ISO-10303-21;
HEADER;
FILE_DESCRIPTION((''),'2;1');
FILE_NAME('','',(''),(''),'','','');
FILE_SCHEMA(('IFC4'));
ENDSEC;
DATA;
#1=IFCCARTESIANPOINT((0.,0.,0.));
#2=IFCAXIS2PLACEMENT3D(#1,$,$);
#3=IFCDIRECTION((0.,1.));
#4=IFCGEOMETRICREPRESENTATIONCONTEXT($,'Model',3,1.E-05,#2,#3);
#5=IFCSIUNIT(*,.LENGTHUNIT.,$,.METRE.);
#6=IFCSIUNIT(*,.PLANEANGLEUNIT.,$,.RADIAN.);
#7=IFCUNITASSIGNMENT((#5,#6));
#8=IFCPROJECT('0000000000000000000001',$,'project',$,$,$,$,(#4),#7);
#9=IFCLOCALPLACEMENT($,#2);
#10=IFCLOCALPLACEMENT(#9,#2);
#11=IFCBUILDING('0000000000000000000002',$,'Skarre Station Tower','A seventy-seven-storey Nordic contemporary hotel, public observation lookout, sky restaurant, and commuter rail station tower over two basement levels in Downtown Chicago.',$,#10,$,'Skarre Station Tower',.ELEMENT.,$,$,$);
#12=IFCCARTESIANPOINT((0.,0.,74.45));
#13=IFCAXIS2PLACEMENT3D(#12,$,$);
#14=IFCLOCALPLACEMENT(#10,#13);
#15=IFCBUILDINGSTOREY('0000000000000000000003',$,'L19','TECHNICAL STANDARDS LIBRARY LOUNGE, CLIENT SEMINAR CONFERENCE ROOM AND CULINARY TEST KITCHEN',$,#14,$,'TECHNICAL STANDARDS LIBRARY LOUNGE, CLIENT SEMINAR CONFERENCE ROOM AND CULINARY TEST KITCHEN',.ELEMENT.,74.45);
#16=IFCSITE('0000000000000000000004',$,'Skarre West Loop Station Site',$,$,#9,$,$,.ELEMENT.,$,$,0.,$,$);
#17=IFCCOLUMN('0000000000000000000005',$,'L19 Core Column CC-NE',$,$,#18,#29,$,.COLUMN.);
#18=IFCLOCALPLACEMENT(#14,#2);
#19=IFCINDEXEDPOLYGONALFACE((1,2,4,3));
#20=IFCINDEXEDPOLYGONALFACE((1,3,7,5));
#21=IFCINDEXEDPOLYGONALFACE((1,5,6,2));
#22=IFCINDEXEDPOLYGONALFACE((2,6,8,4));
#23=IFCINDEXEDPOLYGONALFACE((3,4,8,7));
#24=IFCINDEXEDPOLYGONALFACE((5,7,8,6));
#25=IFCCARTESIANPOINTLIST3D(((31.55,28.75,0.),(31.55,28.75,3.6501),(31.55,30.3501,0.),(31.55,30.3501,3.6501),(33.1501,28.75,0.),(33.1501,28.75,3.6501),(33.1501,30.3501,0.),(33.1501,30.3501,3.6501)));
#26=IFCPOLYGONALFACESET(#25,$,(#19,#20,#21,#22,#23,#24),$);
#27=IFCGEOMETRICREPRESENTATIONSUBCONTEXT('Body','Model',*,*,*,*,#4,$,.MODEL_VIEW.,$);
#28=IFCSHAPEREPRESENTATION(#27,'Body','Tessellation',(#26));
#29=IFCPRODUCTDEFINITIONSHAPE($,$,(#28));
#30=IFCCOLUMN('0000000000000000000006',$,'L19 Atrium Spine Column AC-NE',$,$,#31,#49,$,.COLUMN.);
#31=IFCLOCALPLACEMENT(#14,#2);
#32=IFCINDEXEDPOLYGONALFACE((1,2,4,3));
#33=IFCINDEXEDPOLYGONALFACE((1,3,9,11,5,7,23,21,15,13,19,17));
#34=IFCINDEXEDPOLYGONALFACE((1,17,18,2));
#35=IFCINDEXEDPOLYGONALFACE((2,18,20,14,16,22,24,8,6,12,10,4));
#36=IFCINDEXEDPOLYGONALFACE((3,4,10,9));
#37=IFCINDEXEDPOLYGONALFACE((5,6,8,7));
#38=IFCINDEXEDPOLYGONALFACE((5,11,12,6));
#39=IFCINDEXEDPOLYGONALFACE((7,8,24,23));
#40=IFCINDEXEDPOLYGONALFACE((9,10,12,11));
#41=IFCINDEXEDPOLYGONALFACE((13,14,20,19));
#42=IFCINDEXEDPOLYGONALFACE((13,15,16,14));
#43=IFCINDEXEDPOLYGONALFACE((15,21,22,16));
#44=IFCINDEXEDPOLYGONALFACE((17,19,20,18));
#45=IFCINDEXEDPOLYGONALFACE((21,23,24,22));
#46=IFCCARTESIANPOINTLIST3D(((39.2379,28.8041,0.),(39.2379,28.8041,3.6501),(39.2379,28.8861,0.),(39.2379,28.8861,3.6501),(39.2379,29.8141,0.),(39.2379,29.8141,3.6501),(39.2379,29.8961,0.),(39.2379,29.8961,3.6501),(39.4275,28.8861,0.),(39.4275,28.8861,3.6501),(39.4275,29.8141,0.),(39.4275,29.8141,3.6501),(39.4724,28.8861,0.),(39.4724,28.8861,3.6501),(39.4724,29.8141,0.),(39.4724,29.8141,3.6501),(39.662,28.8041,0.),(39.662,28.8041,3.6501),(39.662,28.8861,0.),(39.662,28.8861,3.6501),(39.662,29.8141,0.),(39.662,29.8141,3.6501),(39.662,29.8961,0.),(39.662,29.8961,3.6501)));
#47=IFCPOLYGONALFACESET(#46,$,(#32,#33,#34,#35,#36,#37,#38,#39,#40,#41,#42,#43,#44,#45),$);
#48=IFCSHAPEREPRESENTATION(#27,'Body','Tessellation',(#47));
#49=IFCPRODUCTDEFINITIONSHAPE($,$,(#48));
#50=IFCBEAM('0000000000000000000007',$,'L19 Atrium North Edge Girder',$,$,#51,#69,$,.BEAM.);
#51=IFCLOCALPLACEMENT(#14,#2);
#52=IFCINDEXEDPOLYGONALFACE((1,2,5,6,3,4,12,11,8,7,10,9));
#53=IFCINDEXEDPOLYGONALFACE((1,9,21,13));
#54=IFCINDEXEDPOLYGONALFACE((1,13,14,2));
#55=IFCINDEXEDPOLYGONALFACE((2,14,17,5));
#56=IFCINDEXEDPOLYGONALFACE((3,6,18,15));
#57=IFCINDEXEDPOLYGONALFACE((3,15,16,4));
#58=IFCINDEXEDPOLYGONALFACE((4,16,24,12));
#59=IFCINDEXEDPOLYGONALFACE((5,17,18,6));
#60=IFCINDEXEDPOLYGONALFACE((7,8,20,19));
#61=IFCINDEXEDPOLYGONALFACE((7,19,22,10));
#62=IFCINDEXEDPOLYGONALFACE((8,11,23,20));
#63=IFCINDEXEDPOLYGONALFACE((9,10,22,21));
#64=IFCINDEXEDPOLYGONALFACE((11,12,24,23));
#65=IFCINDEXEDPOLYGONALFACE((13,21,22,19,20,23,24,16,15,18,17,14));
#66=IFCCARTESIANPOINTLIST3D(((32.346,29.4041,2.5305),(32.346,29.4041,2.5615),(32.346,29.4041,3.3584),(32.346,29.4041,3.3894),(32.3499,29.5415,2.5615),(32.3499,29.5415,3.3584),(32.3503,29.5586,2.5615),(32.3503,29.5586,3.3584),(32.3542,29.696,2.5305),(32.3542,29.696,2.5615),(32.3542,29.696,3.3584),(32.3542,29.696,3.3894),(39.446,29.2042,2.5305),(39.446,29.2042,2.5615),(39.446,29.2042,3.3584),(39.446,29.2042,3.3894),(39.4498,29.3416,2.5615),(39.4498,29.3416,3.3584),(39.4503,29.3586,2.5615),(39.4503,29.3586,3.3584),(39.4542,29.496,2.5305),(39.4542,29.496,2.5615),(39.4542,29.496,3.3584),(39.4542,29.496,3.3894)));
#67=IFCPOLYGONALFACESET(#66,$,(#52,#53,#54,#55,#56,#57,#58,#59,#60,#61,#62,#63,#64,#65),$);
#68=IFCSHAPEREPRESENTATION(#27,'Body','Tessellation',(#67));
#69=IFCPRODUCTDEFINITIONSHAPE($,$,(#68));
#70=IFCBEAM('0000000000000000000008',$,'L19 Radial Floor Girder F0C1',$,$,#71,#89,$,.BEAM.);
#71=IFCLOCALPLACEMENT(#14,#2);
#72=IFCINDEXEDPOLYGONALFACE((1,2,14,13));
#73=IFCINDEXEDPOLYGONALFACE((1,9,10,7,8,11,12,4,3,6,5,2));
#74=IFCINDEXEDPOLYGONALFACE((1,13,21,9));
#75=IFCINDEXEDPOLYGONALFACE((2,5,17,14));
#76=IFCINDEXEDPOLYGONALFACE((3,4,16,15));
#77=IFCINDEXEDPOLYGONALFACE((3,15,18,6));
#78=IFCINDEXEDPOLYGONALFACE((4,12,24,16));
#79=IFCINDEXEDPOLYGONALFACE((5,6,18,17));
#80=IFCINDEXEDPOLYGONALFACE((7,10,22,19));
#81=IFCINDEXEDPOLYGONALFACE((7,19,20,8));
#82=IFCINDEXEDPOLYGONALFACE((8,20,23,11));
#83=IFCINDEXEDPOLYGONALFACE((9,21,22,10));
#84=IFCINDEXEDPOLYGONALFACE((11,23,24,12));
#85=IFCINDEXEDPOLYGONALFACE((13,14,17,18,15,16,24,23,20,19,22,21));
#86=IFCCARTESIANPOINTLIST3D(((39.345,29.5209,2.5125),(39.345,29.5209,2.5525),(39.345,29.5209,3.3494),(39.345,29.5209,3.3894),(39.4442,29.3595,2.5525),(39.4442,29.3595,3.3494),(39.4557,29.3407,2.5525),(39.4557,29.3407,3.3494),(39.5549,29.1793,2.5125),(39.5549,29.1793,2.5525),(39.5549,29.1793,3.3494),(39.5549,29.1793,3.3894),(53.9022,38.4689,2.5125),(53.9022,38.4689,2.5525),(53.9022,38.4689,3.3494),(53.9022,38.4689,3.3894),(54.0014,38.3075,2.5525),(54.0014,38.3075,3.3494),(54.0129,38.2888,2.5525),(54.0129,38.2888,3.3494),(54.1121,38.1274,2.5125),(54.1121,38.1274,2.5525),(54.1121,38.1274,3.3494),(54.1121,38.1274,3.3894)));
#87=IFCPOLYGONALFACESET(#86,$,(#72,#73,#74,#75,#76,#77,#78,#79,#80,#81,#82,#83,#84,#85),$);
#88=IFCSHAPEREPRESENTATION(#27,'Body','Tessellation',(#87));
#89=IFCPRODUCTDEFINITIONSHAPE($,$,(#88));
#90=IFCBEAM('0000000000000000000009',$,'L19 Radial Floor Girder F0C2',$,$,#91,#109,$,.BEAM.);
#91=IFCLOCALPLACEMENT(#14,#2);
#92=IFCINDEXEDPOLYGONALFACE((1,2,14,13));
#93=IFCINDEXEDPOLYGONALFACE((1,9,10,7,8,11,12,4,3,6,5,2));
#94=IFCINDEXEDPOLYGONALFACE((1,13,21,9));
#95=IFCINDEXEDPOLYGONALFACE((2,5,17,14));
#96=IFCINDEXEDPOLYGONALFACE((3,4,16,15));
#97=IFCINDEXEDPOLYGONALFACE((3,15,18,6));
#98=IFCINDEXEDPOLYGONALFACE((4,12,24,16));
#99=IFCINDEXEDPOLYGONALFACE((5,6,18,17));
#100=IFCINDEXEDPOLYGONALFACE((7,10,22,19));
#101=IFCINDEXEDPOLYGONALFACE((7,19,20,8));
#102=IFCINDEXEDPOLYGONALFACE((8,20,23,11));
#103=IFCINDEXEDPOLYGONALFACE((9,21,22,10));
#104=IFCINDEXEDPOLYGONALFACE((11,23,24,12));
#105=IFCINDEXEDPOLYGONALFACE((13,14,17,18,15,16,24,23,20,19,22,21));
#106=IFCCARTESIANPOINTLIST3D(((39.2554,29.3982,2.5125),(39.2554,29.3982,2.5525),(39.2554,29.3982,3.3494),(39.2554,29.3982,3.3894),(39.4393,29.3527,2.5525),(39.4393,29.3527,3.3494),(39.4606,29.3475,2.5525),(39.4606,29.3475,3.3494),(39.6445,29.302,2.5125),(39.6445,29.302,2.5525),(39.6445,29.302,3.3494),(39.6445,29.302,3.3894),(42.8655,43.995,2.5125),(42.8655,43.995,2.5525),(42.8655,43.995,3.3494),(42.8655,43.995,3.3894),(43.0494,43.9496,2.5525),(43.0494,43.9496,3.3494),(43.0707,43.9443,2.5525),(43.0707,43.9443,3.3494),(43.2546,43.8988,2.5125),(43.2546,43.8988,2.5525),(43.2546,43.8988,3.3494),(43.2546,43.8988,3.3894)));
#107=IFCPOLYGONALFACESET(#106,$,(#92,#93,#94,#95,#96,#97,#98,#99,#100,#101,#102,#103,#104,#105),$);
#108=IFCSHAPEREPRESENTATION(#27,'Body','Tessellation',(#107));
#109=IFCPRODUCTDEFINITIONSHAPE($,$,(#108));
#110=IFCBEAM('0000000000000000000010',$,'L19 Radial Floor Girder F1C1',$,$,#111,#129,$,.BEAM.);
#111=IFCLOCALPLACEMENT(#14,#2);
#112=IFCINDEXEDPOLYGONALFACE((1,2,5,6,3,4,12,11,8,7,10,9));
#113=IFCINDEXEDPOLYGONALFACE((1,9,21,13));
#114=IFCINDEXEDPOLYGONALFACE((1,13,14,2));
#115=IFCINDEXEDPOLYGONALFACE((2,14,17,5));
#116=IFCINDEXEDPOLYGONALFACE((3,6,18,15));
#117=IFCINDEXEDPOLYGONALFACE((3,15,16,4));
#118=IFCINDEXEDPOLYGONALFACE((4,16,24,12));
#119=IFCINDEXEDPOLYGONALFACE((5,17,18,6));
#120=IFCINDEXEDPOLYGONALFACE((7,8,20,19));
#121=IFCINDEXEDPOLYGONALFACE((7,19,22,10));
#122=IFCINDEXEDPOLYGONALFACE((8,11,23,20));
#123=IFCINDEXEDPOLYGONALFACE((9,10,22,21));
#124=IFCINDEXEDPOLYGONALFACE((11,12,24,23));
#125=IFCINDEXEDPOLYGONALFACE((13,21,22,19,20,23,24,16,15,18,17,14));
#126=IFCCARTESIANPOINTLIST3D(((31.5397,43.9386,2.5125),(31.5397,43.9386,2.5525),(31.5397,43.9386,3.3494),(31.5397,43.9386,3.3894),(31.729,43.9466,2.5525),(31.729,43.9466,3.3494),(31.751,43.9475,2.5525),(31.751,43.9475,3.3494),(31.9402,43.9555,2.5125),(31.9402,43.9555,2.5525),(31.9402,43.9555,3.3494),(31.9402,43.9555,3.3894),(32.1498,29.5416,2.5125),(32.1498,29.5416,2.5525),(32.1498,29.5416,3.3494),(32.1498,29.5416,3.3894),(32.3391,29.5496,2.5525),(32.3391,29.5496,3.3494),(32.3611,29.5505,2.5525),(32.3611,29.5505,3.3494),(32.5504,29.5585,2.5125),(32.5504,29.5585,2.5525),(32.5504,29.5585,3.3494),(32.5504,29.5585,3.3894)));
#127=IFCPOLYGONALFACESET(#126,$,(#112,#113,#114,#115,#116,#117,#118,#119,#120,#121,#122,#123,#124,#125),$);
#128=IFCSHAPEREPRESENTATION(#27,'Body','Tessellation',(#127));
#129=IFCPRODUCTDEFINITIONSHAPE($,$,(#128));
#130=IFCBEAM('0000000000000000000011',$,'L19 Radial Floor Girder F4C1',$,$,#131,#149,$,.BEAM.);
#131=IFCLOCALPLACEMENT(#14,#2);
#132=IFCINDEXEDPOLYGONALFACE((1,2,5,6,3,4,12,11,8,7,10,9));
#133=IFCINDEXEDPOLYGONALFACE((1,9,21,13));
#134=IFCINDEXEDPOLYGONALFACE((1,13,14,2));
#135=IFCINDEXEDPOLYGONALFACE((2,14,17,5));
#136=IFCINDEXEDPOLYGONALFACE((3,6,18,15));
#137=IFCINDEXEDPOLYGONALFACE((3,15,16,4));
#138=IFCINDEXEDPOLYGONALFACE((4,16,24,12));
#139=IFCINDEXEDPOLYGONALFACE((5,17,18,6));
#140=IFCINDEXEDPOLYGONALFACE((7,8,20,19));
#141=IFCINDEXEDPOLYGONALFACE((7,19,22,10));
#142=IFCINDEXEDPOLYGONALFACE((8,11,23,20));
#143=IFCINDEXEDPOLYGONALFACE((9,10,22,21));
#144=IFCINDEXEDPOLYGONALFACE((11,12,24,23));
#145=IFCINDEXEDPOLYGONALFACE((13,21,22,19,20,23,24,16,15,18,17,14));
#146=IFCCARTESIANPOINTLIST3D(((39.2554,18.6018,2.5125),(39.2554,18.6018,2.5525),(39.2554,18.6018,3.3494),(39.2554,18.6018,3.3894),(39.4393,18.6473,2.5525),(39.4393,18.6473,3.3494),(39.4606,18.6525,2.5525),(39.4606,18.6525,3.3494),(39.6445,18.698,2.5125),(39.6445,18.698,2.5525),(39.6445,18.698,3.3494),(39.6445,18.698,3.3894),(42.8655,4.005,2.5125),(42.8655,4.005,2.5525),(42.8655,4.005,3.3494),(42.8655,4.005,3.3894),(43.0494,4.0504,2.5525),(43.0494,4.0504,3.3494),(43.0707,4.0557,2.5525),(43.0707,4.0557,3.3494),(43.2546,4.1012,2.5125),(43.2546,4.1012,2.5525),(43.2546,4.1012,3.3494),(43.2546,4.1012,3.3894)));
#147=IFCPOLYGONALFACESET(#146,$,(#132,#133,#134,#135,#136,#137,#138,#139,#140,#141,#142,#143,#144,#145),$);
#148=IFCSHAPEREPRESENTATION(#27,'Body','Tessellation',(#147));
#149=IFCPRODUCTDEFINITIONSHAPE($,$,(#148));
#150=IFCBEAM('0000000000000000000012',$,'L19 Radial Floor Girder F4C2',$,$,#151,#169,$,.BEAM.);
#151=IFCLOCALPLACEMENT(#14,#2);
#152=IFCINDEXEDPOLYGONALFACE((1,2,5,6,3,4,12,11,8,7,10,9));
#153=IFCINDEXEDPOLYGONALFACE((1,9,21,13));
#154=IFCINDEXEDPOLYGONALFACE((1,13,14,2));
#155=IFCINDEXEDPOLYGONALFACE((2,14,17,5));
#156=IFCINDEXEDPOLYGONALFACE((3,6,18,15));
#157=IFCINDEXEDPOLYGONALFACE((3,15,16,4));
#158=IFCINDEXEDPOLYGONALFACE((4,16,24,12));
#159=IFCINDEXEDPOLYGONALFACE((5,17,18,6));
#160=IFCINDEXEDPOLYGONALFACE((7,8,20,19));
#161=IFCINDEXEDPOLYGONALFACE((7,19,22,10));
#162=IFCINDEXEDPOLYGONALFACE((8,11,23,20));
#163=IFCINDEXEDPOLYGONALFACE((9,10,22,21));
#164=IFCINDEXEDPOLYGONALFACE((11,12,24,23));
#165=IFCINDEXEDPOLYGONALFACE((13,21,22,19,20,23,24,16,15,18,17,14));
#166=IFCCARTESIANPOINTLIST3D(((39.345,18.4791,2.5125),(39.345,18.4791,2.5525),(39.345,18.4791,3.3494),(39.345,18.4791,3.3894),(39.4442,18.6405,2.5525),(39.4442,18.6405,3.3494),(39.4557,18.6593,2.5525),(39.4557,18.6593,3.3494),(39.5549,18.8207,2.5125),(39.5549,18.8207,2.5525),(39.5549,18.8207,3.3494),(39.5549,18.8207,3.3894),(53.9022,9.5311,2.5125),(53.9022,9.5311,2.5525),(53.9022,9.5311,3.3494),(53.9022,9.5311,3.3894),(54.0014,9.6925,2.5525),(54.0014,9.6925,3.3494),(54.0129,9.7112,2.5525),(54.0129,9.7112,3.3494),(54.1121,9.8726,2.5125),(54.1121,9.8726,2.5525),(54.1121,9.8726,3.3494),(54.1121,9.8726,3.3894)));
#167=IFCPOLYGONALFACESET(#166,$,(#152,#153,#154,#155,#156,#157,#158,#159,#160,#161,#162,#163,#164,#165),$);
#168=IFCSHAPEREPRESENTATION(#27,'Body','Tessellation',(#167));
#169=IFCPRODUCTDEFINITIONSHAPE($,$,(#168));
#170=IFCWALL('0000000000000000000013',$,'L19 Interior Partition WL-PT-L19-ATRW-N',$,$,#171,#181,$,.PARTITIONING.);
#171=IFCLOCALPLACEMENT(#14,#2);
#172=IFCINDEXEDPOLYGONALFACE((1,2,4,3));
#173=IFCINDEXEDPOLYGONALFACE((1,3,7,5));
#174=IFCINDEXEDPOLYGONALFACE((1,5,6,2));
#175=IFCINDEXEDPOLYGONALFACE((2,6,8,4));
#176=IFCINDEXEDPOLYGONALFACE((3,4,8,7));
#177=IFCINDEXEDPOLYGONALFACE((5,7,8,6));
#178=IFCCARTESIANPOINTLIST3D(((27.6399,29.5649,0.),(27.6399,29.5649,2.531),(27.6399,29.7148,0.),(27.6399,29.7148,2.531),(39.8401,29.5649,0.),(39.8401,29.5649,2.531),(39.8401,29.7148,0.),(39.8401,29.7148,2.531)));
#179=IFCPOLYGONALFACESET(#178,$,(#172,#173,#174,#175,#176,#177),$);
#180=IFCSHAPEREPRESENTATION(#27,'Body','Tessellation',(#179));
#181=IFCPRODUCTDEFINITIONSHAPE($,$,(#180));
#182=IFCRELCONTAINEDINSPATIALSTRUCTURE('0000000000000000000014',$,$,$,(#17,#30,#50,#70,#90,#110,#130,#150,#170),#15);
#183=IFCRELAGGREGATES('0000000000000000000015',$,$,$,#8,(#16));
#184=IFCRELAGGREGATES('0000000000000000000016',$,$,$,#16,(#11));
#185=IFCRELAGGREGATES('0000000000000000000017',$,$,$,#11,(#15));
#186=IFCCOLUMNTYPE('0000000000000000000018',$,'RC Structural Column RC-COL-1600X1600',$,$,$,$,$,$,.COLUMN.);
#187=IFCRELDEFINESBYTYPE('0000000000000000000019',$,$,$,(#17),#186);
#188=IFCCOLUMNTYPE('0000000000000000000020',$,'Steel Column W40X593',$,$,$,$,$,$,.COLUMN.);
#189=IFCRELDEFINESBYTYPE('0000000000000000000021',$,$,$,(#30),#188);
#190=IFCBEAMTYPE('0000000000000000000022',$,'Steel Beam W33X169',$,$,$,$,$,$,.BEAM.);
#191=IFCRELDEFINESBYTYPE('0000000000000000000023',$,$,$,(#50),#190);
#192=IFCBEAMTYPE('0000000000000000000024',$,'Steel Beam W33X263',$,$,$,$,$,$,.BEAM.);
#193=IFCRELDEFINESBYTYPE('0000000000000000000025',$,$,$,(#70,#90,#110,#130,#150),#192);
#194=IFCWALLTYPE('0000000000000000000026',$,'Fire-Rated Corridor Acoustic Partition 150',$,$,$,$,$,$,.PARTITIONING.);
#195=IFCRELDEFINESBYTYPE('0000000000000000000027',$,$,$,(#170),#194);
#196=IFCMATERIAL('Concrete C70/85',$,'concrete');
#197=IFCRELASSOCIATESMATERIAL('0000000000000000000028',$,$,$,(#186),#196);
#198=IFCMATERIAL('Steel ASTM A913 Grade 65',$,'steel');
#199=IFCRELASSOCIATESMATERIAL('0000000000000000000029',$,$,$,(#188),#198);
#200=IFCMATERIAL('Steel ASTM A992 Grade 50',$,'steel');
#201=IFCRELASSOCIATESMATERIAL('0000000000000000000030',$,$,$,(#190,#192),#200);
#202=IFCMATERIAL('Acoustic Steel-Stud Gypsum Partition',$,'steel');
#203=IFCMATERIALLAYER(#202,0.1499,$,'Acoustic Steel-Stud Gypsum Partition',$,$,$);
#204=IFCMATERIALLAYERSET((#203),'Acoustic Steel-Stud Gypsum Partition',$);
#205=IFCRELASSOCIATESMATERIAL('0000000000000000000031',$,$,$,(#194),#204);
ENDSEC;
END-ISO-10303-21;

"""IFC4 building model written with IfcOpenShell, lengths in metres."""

from ifc_helpers import new_model, si_unit, direction, frame, frame_2d, origin, origin_2d, place, context, subcontext, project, spatial, rectangle, i_section, extrude, material, layer, layer_set, material_profile, profile_set, type_object, element, save


model = new_model("IFC4")

# Units and contexts
model_context = context("Model", 3, precision=1e-05, world=origin(), true_north=direction((0.0, 1.0)))
body_context = subcontext(model_context, "Body", "Model", "MODEL_VIEW")
ifc_project = project(units=[si_unit("LENGTHUNIT", "METRE"), si_unit("PLANEANGLEUNIT", "RADIAN")], contexts=[model_context])

# Site, building, storey
site_placement = place(None, origin())
site = spatial("IfcSite", under=ifc_project, at=site_placement, Name="Skarre West Loop Station Site", CompositionType="ELEMENT", RefElevation=0.0)
building_placement = place(site_placement, origin())
building = spatial("IfcBuilding", under=site, at=building_placement, Name="Skarre Station Tower", Description="A seventy-seven-storey Nordic contemporary hotel, public observation lookout, sky restaurant, and commuter rail station tower over two basement levels in Downtown Chicago.", LongName="Skarre Station Tower", CompositionType="ELEMENT")
storey_placement = place(building_placement, frame((0.0, 0.0, 74.45)))
storey = spatial("IfcBuildingStorey", under=building, at=storey_placement, Name="L19", Description="TECHNICAL STANDARDS LIBRARY LOUNGE, CLIENT SEMINAR CONFERENCE ROOM AND CULINARY TEST KITCHEN", LongName="TECHNICAL STANDARDS LIBRARY LOUNGE, CLIENT SEMINAR CONFERENCE ROOM AND CULINARY TEST KITCHEN", CompositionType="ELEMENT", Elevation=74.45)

# Columns
ifc_material_1 = material(Name="Concrete C70/85", Category="concrete")
ifc_material_profile_1 = material_profile(ifc_material_1, rectangle(XDim=1.6001, YDim=1.6001, at=origin_2d()), Name="Concrete C70/85")
ifc_profile_set_1 = profile_set([ifc_material_profile_1], Name="Concrete C70/85")
column_type_1 = type_object("IfcColumnType", Name="RC Structural Column RC-COL-1600X1600", PredefinedType="COLUMN", material=ifc_profile_set_1)
column_1_placement = place(storey_placement, frame((32.3501, 29.55, 0.0), z_axis=(0.0, 0.0, 1.0), x_axis=(1.0, 0.0, 0.0)))
element("IfcColumn", 1, at=column_1_placement, inside=storey, type_object=column_type_1, Name="L19 Core Column CC-NE", PredefinedType="COLUMN", context=body_context, shape_type="SweptSolid", body=[
    extrude(rectangle(XDim=1.6001, YDim=1.6001, at=origin_2d()), origin(), (0.0, 0.0, 1.0), 3.6501),
])
ifc_material_2 = material(Name="Steel ASTM A913 Grade 65", Category="steel")
ifc_material_profile_2 = material_profile(ifc_material_2, i_section(OverallWidth=0.4241, OverallDepth=1.092, WebThickness=0.0449, FlangeThickness=0.082, at=origin_2d()), Name="Steel ASTM A913 Grade 65")
ifc_profile_set_2 = profile_set([ifc_material_profile_2], Name="Steel ASTM A913 Grade 65")
column_type_2 = type_object("IfcColumnType", Name="Steel Column W40X593", PredefinedType="COLUMN", material=ifc_profile_set_2)
column_2_placement = place(storey_placement, frame((39.45, 29.3501, 0.0), z_axis=(0.0, 0.0, 1.0), x_axis=(1.0, 0.0, 0.0)))
element("IfcColumn", 2, at=column_2_placement, inside=storey, type_object=column_type_2, Name="L19 Atrium Spine Column AC-NE", PredefinedType="COLUMN", context=body_context, shape_type="SweptSolid", body=[
    extrude(i_section(OverallWidth=0.4241, OverallDepth=1.092, WebThickness=0.0449, FlangeThickness=0.082, at=origin_2d()), origin(), (0.0, 0.0, 1.0), 3.6501),
])

# Beams
ifc_material_3 = material(Name="Steel ASTM A992 Grade 50", Category="steel")
ifc_material_profile_3 = material_profile(ifc_material_3, i_section(OverallWidth=0.292, OverallDepth=0.8589, WebThickness=0.0171, FlangeThickness=0.031, at=origin_2d()), Name="Steel ASTM A992 Grade 50")
ifc_profile_set_3 = profile_set([ifc_material_profile_3], Name="Steel ASTM A992 Grade 50")
beam_type_1 = type_object("IfcBeamType", Name="Steel Beam W33X169", PredefinedType="BEAM", material=ifc_profile_set_3)
beam_1_placement = place(storey_placement, frame((32.3501, 29.55, 2.96), z_axis=(0.999604, -0.028152, 0.0), x_axis=(0.028152, 0.999604, 0.0)))
element("IfcBeam", 3, at=beam_1_placement, inside=storey, type_object=beam_type_1, Name="L19 Atrium North Edge Girder", PredefinedType="BEAM", context=body_context, shape_type="SweptSolid", body=[
    extrude(i_section(OverallWidth=0.292, OverallDepth=0.8589, WebThickness=0.0171, FlangeThickness=0.031, at=origin_2d()), origin(), (0.0, 0.0, 1.0), 7.1028),
])
ifc_material_profile_4 = material_profile(ifc_material_3, i_section(OverallWidth=0.4009, OverallDepth=0.877, WebThickness=0.022, FlangeThickness=0.04, at=origin_2d()), Name="Steel ASTM A992 Grade 50")
ifc_profile_set_4 = profile_set([ifc_material_profile_4], Name="Steel ASTM A992 Grade 50")
beam_type_2 = type_object("IfcBeamType", Name="Steel Beam W33X263", PredefinedType="BEAM", material=ifc_profile_set_4)
beam_2_placement = place(storey_placement, frame((39.45, 29.3501, 2.9509), z_axis=(0.851926, 0.523663, 0.0), x_axis=(-0.523663, 0.851926, 0.0)))
element("IfcBeam", 4, at=beam_2_placement, inside=storey, type_object=beam_type_2, Name="L19 Radial Floor Girder F0C1", PredefinedType="BEAM", context=body_context, shape_type="SweptSolid", body=[
    extrude(i_section(OverallWidth=0.4009, OverallDepth=0.877, WebThickness=0.022, FlangeThickness=0.04, at=origin_2d()), origin(), (0.0, 0.0, 1.0), 17.0874),
])
beam_3_placement = place(storey_placement, frame((39.45, 29.3501, 2.9509), z_axis=(0.240086, 0.970752, 0.0), x_axis=(-0.970752, 0.240086, 0.0)))
element("IfcBeam", 5, at=beam_3_placement, inside=storey, type_object=beam_type_2, Name="L19 Radial Floor Girder F0C2", PredefinedType="BEAM", context=body_context, shape_type="SweptSolid", body=[
    extrude(i_section(OverallWidth=0.4009, OverallDepth=0.877, WebThickness=0.022, FlangeThickness=0.04, at=origin_2d()), origin(), (0.0, 0.0, 1.0), 15.0366),
])
beam_4_placement = place(storey_placement, frame((32.3501, 29.55, 2.9509), z_axis=(-0.042339, 0.999103, 0.0), x_axis=(-0.999103, -0.042339, 0.0)))
element("IfcBeam", 6, at=beam_4_placement, inside=storey, type_object=beam_type_2, Name="L19 Radial Floor Girder F1C1", PredefinedType="BEAM", context=body_context, shape_type="SweptSolid", body=[
    extrude(i_section(OverallWidth=0.4009, OverallDepth=0.877, WebThickness=0.022, FlangeThickness=0.04, at=origin_2d()), origin(), (0.0, 0.0, 1.0), 14.4099),
])
beam_5_placement = place(storey_placement, frame((39.45, 18.6499, 2.9509), z_axis=(0.240086, -0.970752, 0.0), x_axis=(0.970752, 0.240086, 0.0)))
element("IfcBeam", 7, at=beam_5_placement, inside=storey, type_object=beam_type_2, Name="L19 Radial Floor Girder F4C1", PredefinedType="BEAM", context=body_context, shape_type="SweptSolid", body=[
    extrude(i_section(OverallWidth=0.4009, OverallDepth=0.877, WebThickness=0.022, FlangeThickness=0.04, at=origin_2d()), origin(), (0.0, 0.0, 1.0), 15.0366),
])
beam_6_placement = place(storey_placement, frame((39.45, 18.6499, 2.9509), z_axis=(0.851926, -0.523663, 0.0), x_axis=(0.523663, 0.851926, 0.0)))
element("IfcBeam", 8, at=beam_6_placement, inside=storey, type_object=beam_type_2, Name="L19 Radial Floor Girder F4C2", PredefinedType="BEAM", context=body_context, shape_type="SweptSolid", body=[
    extrude(i_section(OverallWidth=0.4009, OverallDepth=0.877, WebThickness=0.022, FlangeThickness=0.04, at=origin_2d()), origin(), (0.0, 0.0, 1.0), 17.0874),
])

# Wall
ifc_material_4 = material(Name="Acoustic Steel-Stud Gypsum Partition", Category="steel")
ifc_layer_1 = layer(ifc_material_4, 0.1499, Name="Acoustic Steel-Stud Gypsum Partition")
ifc_layer_set_1 = layer_set([ifc_layer_1], Name="Acoustic Steel-Stud Gypsum Partition")
wall_type_1 = type_object("IfcWallType", Name="Fire-Rated Corridor Acoustic Partition 150", PredefinedType="PARTITIONING", material=ifc_layer_set_1)
wall_1_placement = place(storey_placement, frame((39.8401, 29.6399, 0.0), z_axis=(0.0, 0.0, 1.0), x_axis=(-1.0, 0.0, 0.0)))
element("IfcWall", 9, at=wall_1_placement, inside=storey, type_object=wall_type_1, Name="L19 Interior Partition WL-PT-L19-ATRW-N", PredefinedType="PARTITIONING", context=body_context, shape_type="SweptSolid", body=[
    extrude(rectangle(XDim=12.2002, YDim=0.1499, at=frame_2d((6.1001, 0.0))), origin(), (0.0, 0.0, 1.0), 2.531),
])

save(model, "model.ifc")
